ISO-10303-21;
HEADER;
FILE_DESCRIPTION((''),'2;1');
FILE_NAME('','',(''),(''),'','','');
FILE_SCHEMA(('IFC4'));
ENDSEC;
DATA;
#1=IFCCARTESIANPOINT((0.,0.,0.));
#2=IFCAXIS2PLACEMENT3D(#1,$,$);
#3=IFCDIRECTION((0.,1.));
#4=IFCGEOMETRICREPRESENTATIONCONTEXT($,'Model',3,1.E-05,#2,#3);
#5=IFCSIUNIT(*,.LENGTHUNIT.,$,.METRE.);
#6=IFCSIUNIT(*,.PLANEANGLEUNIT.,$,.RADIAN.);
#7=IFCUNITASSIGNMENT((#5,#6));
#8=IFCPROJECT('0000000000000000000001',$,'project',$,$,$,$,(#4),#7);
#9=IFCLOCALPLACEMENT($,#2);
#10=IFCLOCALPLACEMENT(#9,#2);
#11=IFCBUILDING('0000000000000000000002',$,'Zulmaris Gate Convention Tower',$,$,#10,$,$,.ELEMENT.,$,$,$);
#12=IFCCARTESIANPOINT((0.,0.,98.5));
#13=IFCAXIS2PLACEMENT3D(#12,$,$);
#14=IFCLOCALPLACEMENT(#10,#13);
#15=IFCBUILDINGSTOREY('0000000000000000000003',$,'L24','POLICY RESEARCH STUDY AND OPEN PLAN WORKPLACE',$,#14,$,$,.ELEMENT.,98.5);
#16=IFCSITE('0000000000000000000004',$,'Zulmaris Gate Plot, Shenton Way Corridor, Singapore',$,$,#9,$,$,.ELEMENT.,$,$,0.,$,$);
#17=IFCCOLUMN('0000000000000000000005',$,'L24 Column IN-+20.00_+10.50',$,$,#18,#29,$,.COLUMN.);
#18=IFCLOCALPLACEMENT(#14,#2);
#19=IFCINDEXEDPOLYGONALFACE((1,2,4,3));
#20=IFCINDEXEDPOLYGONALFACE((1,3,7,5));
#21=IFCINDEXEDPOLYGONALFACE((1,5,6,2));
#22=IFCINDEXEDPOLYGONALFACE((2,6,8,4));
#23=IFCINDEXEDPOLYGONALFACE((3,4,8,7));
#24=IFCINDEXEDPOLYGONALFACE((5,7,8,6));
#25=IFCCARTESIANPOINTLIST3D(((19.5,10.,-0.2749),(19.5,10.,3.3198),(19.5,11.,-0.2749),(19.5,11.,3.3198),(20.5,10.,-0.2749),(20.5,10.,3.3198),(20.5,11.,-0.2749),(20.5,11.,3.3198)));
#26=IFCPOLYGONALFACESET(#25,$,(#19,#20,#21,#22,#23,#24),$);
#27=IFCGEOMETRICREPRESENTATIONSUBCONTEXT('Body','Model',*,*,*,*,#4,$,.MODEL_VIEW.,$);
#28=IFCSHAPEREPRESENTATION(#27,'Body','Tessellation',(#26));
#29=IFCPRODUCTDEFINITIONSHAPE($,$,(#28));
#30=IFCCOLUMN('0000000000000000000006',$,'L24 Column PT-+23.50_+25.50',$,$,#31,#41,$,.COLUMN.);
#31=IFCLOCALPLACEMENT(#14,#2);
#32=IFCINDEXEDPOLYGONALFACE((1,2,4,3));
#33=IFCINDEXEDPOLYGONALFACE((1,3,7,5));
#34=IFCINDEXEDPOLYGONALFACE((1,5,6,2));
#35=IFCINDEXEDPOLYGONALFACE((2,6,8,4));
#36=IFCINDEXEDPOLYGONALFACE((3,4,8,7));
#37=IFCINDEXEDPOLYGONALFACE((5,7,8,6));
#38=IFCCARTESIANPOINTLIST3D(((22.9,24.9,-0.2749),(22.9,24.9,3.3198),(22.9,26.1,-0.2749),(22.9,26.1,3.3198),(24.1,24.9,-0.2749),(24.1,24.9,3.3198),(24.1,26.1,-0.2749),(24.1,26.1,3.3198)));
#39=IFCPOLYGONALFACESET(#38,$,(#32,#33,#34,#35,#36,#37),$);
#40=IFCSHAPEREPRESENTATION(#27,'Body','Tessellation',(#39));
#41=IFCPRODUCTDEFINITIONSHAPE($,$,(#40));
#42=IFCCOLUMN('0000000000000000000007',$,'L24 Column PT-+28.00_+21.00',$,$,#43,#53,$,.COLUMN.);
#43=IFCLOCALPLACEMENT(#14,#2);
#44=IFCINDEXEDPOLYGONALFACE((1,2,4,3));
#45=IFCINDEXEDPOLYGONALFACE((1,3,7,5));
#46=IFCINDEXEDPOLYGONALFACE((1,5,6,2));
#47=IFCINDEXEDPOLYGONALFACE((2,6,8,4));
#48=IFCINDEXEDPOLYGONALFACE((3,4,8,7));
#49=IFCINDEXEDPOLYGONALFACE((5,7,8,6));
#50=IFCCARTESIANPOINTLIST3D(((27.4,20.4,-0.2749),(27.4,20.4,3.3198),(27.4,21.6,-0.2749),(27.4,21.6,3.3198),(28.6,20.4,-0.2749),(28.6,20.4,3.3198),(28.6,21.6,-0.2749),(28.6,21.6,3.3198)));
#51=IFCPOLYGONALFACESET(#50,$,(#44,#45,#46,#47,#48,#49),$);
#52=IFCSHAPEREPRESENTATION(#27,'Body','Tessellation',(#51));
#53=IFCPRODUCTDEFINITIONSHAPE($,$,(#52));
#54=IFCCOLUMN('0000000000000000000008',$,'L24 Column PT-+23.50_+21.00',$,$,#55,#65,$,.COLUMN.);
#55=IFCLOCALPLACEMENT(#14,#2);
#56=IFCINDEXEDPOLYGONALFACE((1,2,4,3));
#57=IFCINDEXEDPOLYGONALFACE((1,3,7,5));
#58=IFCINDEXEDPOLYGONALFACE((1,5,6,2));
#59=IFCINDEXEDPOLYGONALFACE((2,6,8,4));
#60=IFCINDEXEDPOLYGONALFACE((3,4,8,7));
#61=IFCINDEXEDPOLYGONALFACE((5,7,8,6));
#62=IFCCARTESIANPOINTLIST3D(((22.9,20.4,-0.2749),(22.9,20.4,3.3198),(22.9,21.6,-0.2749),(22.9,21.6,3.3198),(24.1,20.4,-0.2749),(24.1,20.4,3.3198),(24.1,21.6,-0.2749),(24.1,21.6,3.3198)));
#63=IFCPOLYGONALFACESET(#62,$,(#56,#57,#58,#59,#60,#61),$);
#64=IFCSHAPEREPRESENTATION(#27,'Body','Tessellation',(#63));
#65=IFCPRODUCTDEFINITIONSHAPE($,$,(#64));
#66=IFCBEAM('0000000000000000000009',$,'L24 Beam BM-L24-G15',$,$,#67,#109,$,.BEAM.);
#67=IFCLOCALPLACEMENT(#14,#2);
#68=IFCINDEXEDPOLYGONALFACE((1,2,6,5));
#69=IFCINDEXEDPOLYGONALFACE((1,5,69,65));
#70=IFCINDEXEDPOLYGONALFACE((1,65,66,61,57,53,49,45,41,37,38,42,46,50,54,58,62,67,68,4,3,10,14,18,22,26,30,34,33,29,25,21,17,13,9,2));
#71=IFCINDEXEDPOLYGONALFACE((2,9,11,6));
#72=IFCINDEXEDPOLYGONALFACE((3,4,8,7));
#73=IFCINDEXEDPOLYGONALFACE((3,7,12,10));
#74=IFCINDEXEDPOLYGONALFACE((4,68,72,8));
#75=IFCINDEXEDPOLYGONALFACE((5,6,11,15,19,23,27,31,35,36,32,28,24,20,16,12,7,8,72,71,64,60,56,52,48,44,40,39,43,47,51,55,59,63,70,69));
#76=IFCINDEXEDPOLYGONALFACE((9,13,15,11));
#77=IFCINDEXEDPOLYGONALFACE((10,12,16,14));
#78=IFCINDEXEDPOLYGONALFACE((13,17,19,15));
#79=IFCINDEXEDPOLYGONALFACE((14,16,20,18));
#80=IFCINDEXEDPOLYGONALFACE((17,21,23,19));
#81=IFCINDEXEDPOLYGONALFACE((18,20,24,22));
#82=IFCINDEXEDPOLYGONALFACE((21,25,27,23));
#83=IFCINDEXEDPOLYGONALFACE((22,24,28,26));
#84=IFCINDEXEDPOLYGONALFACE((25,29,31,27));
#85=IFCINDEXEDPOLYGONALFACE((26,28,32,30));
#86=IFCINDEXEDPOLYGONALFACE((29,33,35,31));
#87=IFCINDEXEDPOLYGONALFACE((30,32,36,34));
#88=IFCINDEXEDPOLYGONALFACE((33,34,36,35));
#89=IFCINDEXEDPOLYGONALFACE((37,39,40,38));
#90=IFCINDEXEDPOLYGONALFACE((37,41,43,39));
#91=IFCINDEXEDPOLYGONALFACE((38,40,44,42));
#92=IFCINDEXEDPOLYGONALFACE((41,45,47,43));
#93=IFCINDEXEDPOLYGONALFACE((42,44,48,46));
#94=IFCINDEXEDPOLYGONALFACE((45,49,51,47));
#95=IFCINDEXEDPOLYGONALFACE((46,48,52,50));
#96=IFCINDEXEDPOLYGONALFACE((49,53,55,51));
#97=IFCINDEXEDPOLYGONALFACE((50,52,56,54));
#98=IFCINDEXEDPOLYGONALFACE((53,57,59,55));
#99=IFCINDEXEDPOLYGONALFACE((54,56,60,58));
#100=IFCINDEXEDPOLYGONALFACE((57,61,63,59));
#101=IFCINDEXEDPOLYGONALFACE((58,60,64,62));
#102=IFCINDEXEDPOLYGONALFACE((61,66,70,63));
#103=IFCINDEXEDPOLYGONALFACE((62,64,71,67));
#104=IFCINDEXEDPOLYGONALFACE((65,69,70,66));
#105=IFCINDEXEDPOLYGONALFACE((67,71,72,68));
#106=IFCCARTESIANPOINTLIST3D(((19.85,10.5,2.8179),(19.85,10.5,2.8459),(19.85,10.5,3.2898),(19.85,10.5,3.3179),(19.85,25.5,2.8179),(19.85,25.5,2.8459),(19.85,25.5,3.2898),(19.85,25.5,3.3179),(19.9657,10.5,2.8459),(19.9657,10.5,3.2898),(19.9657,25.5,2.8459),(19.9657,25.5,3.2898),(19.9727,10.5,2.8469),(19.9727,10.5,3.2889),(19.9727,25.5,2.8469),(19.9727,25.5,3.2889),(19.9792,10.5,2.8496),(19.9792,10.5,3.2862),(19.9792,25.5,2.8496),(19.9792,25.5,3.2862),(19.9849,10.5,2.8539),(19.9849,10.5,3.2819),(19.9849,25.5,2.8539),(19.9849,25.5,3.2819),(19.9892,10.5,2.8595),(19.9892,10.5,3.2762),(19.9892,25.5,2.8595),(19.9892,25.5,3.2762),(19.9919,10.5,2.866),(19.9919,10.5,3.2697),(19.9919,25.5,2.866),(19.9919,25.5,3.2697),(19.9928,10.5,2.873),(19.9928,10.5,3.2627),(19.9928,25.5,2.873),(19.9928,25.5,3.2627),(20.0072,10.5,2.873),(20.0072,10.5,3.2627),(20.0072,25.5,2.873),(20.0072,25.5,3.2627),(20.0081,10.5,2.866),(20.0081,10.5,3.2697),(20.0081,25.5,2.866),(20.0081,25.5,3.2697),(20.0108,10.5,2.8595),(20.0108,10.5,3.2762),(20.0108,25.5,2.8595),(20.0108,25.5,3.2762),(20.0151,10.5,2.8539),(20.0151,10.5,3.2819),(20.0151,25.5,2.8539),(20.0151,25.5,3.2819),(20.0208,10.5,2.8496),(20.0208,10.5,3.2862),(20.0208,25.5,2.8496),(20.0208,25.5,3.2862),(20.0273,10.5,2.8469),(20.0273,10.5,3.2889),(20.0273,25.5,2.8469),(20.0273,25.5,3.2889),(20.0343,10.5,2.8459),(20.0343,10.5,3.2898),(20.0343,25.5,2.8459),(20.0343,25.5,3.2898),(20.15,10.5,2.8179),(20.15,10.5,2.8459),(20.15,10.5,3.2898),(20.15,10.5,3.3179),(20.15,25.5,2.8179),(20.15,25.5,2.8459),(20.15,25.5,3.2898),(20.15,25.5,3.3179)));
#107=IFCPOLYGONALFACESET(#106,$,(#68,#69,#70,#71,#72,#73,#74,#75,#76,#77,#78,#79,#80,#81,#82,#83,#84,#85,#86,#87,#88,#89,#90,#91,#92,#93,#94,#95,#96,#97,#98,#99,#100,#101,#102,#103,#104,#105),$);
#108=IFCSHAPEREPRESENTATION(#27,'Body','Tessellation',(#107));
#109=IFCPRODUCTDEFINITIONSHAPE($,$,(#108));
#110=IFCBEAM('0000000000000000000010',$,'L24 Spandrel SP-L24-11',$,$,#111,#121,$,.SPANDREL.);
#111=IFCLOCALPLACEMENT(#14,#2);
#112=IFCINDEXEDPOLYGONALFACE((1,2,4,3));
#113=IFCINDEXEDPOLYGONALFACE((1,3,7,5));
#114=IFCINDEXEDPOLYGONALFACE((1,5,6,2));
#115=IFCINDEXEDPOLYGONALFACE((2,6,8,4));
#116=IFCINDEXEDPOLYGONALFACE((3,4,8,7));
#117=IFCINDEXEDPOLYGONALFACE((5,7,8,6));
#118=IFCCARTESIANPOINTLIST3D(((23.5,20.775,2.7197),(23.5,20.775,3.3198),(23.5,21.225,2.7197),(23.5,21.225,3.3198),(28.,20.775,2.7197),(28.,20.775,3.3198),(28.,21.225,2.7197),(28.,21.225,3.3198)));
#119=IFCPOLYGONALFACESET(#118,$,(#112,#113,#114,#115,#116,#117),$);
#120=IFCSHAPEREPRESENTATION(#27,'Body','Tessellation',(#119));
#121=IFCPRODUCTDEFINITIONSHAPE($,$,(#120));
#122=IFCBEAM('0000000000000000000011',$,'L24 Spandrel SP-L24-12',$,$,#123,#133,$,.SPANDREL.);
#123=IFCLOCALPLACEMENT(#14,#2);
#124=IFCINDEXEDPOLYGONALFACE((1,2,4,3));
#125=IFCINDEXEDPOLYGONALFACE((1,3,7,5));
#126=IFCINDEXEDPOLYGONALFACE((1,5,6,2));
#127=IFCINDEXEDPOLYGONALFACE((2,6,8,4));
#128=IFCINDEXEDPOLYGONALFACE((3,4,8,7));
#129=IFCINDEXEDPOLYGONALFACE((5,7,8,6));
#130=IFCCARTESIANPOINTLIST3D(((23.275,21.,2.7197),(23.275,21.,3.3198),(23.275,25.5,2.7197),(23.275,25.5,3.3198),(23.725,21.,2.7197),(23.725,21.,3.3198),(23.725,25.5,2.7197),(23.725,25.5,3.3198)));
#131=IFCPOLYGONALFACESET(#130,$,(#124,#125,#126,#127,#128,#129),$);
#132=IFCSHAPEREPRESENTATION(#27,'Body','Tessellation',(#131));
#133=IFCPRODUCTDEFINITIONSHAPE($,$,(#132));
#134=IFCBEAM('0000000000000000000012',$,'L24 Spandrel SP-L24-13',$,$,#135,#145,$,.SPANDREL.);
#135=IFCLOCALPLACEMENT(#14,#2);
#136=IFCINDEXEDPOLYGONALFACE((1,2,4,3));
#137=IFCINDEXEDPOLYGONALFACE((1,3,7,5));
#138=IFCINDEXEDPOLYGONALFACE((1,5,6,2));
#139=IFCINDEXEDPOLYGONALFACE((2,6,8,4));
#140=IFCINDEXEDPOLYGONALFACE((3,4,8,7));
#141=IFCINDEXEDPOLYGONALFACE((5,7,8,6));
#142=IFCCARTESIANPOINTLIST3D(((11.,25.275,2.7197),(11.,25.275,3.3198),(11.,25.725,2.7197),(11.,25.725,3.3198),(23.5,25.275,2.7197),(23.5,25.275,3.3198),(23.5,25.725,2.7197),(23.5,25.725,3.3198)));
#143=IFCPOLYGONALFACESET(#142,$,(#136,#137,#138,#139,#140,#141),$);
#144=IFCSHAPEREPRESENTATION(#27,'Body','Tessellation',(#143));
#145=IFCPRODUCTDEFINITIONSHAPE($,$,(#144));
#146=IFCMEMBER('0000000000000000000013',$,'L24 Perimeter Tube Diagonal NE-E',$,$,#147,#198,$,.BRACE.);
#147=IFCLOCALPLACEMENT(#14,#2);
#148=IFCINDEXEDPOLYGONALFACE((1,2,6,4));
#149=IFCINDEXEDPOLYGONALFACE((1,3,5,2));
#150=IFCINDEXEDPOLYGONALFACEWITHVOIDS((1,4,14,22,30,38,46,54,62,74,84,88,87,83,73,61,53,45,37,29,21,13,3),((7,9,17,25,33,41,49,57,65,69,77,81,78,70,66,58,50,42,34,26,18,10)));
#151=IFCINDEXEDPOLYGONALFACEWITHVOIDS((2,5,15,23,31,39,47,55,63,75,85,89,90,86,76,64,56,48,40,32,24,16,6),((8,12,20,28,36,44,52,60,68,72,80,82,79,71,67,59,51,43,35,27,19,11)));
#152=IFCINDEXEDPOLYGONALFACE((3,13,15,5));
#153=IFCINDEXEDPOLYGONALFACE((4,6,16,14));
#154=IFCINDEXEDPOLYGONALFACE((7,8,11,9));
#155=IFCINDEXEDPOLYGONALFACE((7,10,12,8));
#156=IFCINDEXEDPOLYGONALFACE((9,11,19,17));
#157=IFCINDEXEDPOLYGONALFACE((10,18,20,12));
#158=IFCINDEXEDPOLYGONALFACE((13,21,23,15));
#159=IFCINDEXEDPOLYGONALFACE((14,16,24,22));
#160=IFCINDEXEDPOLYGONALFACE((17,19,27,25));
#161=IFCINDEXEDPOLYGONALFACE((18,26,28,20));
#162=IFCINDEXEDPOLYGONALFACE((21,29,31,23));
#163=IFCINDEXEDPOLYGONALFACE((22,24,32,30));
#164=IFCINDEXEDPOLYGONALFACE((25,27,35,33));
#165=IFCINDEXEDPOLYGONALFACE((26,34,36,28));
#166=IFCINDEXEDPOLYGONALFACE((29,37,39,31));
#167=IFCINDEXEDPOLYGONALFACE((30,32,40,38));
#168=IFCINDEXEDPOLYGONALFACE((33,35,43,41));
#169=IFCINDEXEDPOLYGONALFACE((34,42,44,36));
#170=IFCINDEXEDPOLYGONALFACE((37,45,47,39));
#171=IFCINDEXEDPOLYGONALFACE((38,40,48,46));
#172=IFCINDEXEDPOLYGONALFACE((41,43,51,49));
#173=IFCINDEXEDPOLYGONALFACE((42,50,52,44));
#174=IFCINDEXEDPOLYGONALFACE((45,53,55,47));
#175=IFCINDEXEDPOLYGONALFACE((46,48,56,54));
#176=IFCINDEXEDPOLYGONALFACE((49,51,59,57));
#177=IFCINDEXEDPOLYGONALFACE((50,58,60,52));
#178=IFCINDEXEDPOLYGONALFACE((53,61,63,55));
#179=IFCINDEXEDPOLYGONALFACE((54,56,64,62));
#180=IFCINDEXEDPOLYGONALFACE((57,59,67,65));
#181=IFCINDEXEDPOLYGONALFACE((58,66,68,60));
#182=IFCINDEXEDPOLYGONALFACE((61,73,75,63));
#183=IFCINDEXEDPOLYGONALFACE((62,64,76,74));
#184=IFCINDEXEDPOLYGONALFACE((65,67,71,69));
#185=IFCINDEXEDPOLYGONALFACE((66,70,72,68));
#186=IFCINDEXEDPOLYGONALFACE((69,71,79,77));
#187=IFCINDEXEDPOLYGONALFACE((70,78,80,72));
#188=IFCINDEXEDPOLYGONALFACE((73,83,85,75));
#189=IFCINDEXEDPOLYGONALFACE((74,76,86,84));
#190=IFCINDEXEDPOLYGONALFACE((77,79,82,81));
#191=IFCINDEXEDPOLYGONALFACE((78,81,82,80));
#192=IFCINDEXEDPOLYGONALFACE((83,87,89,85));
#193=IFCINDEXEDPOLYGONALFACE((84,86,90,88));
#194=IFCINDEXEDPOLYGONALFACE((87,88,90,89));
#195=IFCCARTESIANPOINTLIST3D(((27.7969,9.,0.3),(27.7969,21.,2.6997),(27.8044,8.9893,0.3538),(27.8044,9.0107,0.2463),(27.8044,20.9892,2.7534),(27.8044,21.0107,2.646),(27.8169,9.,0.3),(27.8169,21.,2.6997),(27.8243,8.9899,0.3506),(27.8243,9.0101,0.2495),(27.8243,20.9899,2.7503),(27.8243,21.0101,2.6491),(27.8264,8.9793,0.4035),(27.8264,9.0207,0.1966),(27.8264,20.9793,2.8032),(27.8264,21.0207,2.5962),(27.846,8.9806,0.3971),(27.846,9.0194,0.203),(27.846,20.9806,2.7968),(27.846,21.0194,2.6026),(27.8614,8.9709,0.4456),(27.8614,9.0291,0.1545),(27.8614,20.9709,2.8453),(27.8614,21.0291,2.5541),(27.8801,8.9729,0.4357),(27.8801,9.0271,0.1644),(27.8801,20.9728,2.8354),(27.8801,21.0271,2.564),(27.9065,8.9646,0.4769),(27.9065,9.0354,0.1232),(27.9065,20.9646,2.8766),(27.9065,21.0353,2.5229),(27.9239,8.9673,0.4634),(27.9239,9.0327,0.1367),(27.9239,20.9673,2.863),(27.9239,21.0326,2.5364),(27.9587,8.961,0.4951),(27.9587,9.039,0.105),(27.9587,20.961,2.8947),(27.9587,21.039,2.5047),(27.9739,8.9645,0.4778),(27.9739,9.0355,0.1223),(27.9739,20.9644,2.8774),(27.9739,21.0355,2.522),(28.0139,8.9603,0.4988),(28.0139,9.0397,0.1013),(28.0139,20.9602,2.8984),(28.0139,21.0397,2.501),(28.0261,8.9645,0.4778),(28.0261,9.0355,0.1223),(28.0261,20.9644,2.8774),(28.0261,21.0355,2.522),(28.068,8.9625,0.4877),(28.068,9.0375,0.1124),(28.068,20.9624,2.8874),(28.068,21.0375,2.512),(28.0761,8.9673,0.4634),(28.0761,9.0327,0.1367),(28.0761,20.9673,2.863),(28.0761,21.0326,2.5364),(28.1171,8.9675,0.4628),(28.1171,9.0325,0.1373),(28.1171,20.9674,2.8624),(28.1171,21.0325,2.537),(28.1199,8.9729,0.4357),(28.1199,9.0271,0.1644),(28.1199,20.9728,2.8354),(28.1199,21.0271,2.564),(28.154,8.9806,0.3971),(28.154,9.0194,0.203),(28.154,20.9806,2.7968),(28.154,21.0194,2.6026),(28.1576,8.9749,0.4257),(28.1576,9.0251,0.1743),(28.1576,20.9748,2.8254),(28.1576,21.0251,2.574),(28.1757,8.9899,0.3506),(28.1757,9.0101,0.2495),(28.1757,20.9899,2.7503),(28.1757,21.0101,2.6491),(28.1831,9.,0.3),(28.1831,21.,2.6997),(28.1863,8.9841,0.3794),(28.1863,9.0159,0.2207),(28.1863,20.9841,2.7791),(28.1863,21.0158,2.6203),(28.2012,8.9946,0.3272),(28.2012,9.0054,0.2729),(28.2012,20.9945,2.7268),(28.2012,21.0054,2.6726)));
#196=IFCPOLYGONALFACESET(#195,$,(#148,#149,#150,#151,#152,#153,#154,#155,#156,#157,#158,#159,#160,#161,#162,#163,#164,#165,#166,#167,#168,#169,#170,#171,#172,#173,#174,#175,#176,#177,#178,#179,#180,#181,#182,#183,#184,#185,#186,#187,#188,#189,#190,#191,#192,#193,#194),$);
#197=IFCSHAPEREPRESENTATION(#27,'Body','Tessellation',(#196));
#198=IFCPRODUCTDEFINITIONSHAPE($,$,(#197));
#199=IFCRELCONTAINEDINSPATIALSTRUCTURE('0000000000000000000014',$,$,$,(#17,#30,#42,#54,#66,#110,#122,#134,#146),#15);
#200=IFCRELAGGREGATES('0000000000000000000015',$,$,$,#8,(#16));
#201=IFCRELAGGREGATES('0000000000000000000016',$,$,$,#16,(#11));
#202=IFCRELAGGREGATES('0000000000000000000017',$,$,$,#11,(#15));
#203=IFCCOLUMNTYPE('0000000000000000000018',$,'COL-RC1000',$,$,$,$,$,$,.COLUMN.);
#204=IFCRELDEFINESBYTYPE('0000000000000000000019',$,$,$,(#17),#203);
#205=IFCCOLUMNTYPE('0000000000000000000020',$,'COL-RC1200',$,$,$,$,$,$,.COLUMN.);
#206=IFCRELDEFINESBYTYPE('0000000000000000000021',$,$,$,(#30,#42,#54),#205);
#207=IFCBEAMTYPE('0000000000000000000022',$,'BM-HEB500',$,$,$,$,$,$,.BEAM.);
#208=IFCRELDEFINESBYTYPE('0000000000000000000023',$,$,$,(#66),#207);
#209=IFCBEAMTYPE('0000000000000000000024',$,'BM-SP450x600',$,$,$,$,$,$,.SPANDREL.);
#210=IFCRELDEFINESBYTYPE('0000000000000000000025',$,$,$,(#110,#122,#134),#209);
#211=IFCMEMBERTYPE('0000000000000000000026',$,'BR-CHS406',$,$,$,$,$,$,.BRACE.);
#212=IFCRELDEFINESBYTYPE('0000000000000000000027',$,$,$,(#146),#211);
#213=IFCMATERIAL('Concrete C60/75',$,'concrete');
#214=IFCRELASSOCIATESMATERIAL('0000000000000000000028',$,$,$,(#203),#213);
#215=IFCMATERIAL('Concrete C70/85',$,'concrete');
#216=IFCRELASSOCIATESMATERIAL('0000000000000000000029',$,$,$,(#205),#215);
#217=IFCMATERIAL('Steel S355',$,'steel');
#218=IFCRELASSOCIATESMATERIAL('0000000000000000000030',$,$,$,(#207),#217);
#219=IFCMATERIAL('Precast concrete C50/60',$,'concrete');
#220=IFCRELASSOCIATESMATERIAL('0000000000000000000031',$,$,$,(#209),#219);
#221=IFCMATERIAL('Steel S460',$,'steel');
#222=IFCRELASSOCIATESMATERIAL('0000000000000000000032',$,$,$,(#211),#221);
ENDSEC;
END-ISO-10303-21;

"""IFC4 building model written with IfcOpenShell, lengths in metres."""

from ifc_helpers import new_model, si_unit, direction, frame, origin, origin_2d, place, context, subcontext, project, spatial, rectangle, hollow_circle, i_section, extrude, material, material_profile, profile_set, type_object, element, save


model = new_model("IFC4")

# Units and contexts
model_context = context("Model", 3, precision=1e-05, world=origin(), true_north=direction((0.0, 1.0)))
body_context = subcontext(model_context, "Body", "Model", "MODEL_VIEW")
ifc_project = project(units=[si_unit("LENGTHUNIT", "METRE"), si_unit("PLANEANGLEUNIT", "RADIAN")], contexts=[model_context])

# Site, building, storey
site_placement = place(None, origin())
site = spatial("IfcSite", under=ifc_project, at=site_placement, Name="Zulmaris Gate Plot, Shenton Way Corridor, Singapore", CompositionType="ELEMENT", RefElevation=0.0)
building_placement = place(site_placement, origin())
building = spatial("IfcBuilding", under=site, at=building_placement, Name="Zulmaris Gate Convention Tower", CompositionType="ELEMENT")
storey_placement = place(building_placement, frame((0.0, 0.0, 98.5)))
storey = spatial("IfcBuildingStorey", under=building, at=storey_placement, Name="L24", Description="POLICY RESEARCH STUDY AND OPEN PLAN WORKPLACE", CompositionType="ELEMENT", Elevation=98.5)

# Columns
ifc_material_1 = material(Name="Concrete C60/75", Category="concrete")
ifc_material_profile_1 = material_profile(ifc_material_1, rectangle(XDim=1.0, YDim=1.0, at=origin_2d()), Name="RC COL 1000x1000")
ifc_profile_set_1 = profile_set([ifc_material_profile_1], Name="Concrete C60/75")
column_type_1 = type_object("IfcColumnType", Name="COL-RC1000", PredefinedType="COLUMN", material=ifc_profile_set_1)
column_placement = place(storey_placement, frame((20.0, 10.5, -0.2749), z_axis=(0.0, 0.0, 1.0), x_axis=(1.0, 0.0, 0.0)))
element("IfcColumn", 1, at=column_placement, inside=storey, type_object=column_type_1, Name="L24 Column IN-+20.00_+10.50", PredefinedType="COLUMN", context=body_context, shape_type="SweptSolid", body=[
    extrude(rectangle(XDim=1.0, YDim=1.0, at=origin_2d()), origin(), (0.0, 0.0, 1.0), 3.5947),
])
ifc_material_2 = material(Name="Concrete C70/85", Category="concrete")
ifc_material_profile_2 = material_profile(ifc_material_2, rectangle(XDim=1.2, YDim=1.2, at=origin_2d()), Name="RC COL 1200x1200")
ifc_profile_set_2 = profile_set([ifc_material_profile_2], Name="Concrete C70/85")
column_type_2 = type_object("IfcColumnType", Name="COL-RC1200", PredefinedType="COLUMN", material=ifc_profile_set_2)
for number, where, z_axis, x_axis, name in (
    (2, (23.5, 25.5, -0.2749), (0.0, 0.0, 1.0), (1.0, 0.0, 0.0), "L24 Column PT-+23.50_+25.50"),
    (3, (28.0, 21.0, -0.2749), (0.0, 0.0, 1.0), (1.0, 0.0, 0.0), "L24 Column PT-+28.00_+21.00"),
    (4, (23.5, 21.0, -0.2749), (0.0, 0.0, 1.0), (1.0, 0.0, 0.0), "L24 Column PT-+23.50_+21.00"),
):
    element("IfcColumn", number, at=place(storey_placement, frame(where, z_axis=z_axis, x_axis=x_axis)), inside=storey, type_object=column_type_2, Name=name, PredefinedType="COLUMN", context=body_context, shape_type="SweptSolid", body=[
        extrude(rectangle(XDim=1.2, YDim=1.2, at=origin_2d()), origin(), (0.0, 0.0, 1.0), 3.5947),
    ])

# Beams
ifc_material_3 = material(Name="Steel S355", Category="steel")
ifc_material_profile_3 = material_profile(ifc_material_3, i_section(OverallWidth=0.3, OverallDepth=0.5, WebThickness=0.0144, FlangeThickness=0.0281, FilletRadius=0.0271, at=origin_2d()), Name="HEB 500")
ifc_profile_set_3 = profile_set([ifc_material_profile_3], Name="Steel S355")
beam_type_1 = type_object("IfcBeamType", Name="BM-HEB500", PredefinedType="BEAM", material=ifc_profile_set_3)
beam_1_placement = place(storey_placement, frame((20.0, 10.5, 3.0679), z_axis=(0.0, 1.0, 0.0), x_axis=(-1.0, 0.0, 0.0)))
element("IfcBeam", 5, at=beam_1_placement, inside=storey, type_object=beam_type_1, Name="L24 Beam BM-L24-G15", PredefinedType="BEAM", context=body_context, shape_type="SweptSolid", body=[
    extrude(i_section(OverallWidth=0.3, OverallDepth=0.5, WebThickness=0.0144, FlangeThickness=0.0281, FilletRadius=0.0271, at=origin_2d()), origin(), (0.0, 0.0, 1.0), 15.0),
])
ifc_material_4 = material(Name="Precast concrete C50/60", Category="concrete")
ifc_material_profile_4 = material_profile(ifc_material_4, rectangle(XDim=0.45, YDim=0.6001, at=origin_2d()), Name="RC SPANDREL 450x600")
ifc_profile_set_4 = profile_set([ifc_material_profile_4], Name="Precast concrete C50/60")
beam_type_2 = type_object("IfcBeamType", Name="BM-SP450x600", PredefinedType="SPANDREL", material=ifc_profile_set_4)
for number, where, z_axis, x_axis, name in (
    (6, (28.0, 21.0, 3.0198), (-1.0, 0.0, 0.0), (0.0, -1.0, 0.0), "L24 Spandrel SP-L24-11"),
    (7, (23.5, 21.0, 3.0198), (0.0, 1.0, 0.0), (-1.0, 0.0, 0.0), "L24 Spandrel SP-L24-12"),
):
    element("IfcBeam", number, at=place(storey_placement, frame(where, z_axis=z_axis, x_axis=x_axis)), inside=storey, type_object=beam_type_2, Name=name, PredefinedType="SPANDREL", context=body_context, shape_type="SweptSolid", body=[
        extrude(rectangle(XDim=0.45, YDim=0.6001, at=origin_2d()), origin(), (0.0, 0.0, 1.0), 4.5),
    ])
beam_2_placement = place(storey_placement, frame((23.5, 25.5, 3.0198), z_axis=(-1.0, 0.0, 0.0), x_axis=(0.0, -1.0, 0.0)))
element("IfcBeam", 8, at=beam_2_placement, inside=storey, type_object=beam_type_2, Name="L24 Spandrel SP-L24-13", PredefinedType="SPANDREL", context=body_context, shape_type="SweptSolid", body=[
    extrude(rectangle(XDim=0.45, YDim=0.6001, at=origin_2d()), origin(), (0.0, 0.0, 1.0), 12.5),
])

# Member
ifc_material_5 = material(Name="Steel S460", Category="steel")
ifc_material_profile_5 = material_profile(ifc_material_5, hollow_circle(Radius=0.2031, WallThickness=0.02, at=origin_2d()), Name="CHS 406.4x20")
ifc_profile_set_5 = profile_set([ifc_material_profile_5], Name="Steel S460")
member_type = type_object("IfcMemberType", Name="BR-CHS406", PredefinedType="BRACE", material=ifc_profile_set_5)
member_placement = place(storey_placement, frame((28.0, 9.0, 0.3), z_axis=(0.0, 0.980586, 0.196089), x_axis=(-1.0, 0.0, 0.0)))
element("IfcMember", 9, at=member_placement, inside=storey, type_object=member_type, Name="L24 Perimeter Tube Diagonal NE-E", PredefinedType="BRACE", context=body_context, shape_type="SweptSolid", body=[
    extrude(hollow_circle(Radius=0.2031, WallThickness=0.02, at=origin_2d()), origin(), (0.0, 0.0, 1.0), 12.2375),
])

save(model, "model.ifc")
